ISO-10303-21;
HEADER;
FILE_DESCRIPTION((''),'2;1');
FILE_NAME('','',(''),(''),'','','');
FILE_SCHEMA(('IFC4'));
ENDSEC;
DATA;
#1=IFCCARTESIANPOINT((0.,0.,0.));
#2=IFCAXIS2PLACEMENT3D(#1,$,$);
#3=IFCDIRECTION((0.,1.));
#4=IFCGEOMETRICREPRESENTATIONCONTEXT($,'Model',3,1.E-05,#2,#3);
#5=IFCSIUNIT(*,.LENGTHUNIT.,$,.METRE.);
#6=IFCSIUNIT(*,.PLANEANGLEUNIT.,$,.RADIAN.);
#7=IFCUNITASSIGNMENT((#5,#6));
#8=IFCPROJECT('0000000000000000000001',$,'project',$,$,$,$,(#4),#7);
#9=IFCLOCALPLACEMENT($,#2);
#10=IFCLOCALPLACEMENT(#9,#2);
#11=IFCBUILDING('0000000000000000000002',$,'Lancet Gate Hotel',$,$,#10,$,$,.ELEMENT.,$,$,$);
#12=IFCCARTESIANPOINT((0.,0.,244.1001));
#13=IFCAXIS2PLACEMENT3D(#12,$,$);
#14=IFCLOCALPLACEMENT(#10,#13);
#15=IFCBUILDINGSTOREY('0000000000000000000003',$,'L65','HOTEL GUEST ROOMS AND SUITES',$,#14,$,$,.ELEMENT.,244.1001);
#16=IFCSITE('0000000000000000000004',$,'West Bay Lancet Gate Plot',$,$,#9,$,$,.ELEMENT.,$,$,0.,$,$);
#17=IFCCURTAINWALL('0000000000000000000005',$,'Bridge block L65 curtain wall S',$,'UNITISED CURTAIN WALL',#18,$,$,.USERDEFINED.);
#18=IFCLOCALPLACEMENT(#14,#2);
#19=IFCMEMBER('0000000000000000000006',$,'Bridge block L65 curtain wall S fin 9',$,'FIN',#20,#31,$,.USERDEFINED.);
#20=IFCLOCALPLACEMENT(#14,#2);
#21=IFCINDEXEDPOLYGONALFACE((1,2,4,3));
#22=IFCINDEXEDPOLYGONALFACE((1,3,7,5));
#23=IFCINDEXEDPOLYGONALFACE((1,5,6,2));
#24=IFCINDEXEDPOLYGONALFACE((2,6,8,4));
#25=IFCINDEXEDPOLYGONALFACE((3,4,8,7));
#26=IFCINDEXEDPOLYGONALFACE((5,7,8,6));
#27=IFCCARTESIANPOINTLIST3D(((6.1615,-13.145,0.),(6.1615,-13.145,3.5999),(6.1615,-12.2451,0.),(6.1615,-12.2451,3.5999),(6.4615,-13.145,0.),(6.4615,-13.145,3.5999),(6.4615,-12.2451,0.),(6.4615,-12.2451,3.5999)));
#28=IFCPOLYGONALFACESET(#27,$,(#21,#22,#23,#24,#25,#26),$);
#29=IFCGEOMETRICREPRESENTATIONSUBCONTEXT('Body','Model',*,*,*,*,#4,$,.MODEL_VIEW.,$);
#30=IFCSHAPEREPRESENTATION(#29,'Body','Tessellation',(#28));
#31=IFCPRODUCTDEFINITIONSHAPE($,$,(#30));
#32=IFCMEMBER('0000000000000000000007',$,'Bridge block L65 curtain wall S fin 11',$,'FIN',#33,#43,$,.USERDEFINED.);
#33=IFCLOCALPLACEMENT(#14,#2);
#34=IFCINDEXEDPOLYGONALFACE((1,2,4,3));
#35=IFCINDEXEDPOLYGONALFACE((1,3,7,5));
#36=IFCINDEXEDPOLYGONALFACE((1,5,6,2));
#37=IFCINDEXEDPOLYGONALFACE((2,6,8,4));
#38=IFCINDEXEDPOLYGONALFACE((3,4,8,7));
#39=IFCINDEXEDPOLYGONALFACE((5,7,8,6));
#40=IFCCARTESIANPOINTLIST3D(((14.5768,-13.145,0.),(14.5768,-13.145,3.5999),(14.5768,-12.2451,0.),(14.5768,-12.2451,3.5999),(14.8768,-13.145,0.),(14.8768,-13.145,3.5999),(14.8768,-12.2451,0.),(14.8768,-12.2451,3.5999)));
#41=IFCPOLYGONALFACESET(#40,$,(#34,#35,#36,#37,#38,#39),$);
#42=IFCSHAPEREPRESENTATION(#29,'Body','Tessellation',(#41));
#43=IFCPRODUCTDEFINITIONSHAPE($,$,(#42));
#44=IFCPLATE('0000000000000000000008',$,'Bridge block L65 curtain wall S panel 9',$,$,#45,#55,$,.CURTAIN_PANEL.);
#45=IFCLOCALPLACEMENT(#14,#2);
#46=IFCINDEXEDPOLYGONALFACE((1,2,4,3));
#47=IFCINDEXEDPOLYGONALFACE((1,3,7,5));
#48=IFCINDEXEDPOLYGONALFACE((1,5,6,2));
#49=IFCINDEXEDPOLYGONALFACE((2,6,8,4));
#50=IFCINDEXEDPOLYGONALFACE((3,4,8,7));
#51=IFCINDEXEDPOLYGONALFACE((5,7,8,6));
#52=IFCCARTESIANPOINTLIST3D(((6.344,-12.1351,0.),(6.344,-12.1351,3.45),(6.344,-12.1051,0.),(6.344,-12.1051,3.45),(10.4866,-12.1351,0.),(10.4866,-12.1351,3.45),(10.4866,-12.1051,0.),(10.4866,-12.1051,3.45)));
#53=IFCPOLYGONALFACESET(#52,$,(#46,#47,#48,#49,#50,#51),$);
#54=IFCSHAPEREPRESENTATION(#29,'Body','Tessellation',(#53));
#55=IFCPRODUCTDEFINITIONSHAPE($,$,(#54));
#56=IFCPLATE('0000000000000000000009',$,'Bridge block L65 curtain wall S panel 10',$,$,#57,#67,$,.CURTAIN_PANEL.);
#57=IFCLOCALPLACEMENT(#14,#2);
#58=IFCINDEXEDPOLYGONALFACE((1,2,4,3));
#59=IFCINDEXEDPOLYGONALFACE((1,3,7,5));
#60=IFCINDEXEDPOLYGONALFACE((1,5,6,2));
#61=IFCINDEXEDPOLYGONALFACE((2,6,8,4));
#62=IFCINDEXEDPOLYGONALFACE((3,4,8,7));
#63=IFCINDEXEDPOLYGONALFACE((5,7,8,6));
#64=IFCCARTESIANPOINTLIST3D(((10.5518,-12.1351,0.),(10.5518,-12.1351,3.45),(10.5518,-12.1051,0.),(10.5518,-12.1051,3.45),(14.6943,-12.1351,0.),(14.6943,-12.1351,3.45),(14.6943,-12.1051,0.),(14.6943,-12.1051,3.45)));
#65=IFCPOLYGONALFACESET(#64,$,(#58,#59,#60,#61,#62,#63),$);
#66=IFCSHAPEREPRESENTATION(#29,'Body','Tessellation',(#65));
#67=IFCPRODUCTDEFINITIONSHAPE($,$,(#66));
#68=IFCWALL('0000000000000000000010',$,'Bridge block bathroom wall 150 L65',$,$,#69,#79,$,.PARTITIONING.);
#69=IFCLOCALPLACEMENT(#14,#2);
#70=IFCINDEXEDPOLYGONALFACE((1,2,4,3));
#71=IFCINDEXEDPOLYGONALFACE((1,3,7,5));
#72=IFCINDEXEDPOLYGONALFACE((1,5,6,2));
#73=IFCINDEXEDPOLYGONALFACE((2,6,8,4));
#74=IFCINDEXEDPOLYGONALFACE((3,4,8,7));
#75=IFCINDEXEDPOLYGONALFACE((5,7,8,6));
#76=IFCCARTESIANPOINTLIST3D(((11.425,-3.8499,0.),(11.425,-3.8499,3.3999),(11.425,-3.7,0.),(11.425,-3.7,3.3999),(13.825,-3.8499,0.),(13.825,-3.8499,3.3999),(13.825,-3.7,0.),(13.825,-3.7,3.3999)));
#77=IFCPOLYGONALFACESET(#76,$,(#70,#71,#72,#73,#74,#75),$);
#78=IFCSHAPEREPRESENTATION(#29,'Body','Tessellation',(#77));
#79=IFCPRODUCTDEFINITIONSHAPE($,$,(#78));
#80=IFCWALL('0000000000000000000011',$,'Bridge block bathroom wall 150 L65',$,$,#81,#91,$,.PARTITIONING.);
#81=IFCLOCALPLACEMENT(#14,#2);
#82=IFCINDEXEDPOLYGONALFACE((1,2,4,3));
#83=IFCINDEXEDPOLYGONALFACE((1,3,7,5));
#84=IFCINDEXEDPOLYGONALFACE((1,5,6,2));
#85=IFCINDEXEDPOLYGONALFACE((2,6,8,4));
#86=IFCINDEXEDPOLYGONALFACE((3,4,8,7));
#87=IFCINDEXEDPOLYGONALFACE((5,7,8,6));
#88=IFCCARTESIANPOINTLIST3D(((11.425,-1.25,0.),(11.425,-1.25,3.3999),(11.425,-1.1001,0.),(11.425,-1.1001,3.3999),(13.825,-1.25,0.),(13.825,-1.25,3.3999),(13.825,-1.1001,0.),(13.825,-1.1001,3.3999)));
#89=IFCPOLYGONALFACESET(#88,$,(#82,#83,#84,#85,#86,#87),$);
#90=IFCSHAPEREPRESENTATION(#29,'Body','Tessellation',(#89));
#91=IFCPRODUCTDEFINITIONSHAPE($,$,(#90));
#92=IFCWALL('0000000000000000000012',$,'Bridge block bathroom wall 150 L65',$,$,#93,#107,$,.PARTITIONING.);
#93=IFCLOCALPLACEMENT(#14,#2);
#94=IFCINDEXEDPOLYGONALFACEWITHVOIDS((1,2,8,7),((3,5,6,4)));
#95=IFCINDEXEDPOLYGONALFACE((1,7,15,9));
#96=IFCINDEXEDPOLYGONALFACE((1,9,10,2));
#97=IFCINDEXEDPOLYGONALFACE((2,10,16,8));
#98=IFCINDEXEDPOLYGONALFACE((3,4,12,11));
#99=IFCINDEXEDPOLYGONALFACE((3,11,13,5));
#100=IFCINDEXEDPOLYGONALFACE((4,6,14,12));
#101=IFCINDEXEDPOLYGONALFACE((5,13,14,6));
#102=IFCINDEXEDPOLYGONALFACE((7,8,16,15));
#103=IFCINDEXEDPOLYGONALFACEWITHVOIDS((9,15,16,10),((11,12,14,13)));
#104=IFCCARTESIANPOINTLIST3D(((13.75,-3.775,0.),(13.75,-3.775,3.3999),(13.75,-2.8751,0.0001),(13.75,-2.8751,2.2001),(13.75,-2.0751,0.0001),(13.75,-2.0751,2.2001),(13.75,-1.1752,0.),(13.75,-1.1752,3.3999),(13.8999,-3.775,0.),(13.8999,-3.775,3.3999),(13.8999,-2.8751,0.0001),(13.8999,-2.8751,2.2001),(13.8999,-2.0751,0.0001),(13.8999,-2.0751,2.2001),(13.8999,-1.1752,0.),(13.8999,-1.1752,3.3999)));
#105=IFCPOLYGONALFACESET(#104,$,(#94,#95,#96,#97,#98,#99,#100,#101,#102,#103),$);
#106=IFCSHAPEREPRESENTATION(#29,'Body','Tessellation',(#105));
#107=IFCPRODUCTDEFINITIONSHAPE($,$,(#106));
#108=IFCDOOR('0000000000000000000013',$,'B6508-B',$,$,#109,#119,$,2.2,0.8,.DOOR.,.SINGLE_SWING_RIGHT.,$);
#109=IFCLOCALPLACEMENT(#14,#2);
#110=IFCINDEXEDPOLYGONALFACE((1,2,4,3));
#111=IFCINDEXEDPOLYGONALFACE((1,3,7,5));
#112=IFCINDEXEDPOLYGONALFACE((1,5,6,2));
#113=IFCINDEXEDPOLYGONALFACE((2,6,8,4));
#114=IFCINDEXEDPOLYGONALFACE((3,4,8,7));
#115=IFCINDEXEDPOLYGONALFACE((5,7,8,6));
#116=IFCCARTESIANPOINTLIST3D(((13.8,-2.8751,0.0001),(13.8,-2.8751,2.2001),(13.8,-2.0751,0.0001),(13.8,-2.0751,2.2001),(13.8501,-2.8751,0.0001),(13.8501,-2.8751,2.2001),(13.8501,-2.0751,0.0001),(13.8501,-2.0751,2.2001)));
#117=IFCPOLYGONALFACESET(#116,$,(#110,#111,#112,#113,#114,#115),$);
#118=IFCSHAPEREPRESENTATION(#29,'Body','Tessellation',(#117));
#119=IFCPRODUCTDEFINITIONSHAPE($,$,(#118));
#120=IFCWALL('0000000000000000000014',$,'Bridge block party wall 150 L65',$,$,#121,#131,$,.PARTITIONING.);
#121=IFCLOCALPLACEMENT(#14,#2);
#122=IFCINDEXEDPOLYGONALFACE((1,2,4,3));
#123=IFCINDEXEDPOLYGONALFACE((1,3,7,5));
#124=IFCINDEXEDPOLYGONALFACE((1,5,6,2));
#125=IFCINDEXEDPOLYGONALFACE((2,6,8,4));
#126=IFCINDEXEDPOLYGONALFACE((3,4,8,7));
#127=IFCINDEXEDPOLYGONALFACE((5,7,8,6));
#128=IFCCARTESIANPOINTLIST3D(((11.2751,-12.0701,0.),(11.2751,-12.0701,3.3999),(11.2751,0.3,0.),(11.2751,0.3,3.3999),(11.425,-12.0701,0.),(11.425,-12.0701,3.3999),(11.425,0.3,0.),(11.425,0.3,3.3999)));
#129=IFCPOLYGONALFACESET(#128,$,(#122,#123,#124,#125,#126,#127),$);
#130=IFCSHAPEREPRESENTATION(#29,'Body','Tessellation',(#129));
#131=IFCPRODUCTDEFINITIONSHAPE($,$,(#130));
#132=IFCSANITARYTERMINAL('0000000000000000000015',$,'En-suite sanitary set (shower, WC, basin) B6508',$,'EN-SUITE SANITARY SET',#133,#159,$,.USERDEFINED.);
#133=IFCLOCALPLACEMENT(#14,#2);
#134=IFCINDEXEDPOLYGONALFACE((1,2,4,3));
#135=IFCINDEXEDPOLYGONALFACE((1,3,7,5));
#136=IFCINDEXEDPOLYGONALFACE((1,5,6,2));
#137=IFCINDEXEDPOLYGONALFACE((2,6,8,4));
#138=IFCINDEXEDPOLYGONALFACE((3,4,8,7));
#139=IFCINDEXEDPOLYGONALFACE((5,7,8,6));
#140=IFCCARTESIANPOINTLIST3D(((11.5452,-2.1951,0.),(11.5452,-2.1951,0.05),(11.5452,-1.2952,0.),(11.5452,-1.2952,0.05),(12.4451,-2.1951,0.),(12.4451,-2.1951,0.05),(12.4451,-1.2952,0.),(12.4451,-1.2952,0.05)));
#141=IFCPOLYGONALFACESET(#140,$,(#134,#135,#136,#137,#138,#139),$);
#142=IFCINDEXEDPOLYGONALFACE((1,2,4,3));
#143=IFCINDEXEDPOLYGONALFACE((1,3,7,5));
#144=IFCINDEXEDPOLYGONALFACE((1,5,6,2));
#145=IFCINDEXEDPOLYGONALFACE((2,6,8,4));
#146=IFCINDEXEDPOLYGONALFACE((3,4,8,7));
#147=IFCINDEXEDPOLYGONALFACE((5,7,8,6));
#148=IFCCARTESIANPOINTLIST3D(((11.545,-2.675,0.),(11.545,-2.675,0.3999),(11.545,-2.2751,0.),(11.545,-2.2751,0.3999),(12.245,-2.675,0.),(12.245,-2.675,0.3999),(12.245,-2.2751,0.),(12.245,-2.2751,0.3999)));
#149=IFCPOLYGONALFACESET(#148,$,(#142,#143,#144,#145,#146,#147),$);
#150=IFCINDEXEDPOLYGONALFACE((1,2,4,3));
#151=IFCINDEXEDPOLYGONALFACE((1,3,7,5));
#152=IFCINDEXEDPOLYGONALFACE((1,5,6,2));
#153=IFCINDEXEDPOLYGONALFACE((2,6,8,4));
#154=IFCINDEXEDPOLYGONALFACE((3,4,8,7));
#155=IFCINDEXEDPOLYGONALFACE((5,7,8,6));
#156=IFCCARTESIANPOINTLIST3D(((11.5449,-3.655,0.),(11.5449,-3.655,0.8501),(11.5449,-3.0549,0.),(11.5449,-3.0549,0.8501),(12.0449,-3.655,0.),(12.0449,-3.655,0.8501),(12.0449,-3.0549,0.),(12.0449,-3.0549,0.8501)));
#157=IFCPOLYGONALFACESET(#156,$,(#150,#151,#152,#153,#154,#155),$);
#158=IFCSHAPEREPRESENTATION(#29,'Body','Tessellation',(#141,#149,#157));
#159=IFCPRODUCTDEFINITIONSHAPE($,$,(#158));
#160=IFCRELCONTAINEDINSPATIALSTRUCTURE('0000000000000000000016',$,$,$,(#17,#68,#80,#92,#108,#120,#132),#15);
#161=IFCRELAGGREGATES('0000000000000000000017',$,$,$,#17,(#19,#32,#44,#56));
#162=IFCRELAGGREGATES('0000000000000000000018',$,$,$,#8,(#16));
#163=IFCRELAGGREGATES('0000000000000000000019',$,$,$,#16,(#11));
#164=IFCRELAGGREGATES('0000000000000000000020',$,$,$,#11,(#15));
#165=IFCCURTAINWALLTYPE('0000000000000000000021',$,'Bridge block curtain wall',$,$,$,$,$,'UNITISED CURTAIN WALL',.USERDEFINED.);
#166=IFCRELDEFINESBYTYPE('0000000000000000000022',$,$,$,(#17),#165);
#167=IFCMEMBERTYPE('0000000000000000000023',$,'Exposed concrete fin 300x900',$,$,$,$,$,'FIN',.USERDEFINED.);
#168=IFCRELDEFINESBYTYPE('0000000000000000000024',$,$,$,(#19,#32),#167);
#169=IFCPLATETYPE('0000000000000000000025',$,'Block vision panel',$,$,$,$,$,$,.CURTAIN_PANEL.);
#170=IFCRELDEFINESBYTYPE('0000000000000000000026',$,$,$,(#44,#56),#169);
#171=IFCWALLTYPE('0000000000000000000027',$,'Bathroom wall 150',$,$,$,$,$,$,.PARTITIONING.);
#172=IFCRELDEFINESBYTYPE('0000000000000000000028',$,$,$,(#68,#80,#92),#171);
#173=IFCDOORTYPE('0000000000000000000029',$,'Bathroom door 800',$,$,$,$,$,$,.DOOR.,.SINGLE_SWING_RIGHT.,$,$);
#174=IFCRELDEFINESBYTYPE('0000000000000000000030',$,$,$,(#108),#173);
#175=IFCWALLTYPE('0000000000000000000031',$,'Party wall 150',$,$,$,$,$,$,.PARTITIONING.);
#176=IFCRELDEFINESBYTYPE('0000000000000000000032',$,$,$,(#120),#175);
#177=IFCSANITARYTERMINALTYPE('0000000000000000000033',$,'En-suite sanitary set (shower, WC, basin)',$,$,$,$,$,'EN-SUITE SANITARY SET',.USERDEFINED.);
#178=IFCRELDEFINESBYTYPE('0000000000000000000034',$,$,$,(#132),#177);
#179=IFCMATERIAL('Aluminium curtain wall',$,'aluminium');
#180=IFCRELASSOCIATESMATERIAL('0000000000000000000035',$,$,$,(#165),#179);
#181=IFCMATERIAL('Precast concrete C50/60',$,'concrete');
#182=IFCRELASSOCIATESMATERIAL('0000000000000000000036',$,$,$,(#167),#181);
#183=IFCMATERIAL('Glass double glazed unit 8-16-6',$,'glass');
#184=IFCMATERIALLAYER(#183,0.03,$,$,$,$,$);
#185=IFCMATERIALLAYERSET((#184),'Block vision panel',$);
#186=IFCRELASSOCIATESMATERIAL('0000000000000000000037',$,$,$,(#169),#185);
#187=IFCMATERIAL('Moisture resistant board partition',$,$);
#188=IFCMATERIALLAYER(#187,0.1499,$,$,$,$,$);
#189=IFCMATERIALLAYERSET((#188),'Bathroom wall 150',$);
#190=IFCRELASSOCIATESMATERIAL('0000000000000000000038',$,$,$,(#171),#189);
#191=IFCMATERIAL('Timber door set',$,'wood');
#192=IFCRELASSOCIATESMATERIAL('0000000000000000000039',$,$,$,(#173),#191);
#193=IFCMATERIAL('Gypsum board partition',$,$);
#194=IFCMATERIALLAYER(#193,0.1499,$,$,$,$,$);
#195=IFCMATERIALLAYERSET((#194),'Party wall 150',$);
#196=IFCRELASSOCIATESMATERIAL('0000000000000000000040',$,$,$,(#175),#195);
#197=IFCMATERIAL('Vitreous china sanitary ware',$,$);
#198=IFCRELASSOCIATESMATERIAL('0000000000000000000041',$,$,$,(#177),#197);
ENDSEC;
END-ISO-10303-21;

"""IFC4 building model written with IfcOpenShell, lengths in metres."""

from ifc_helpers import new_model, si_unit, direction, frame, frame_2d, origin, origin_2d, place, context, subcontext, project, spatial, rectangle, extrude, material, layer, layer_set, material_profile, profile_set, type_object, element, fill, aggregate, save


model = new_model("IFC4")

# Units and contexts
model_context = context("Model", 3, precision=1e-05, world=origin(), true_north=direction((0.0, 1.0)))
body_context = subcontext(model_context, "Body", "Model", "MODEL_VIEW")
ifc_project = project(units=[si_unit("LENGTHUNIT", "METRE"), si_unit("PLANEANGLEUNIT", "RADIAN")], contexts=[model_context])

# Site, building, storey
site_placement = place(None, origin())
site = spatial("IfcSite", under=ifc_project, at=site_placement, Name="West Bay Lancet Gate Plot", CompositionType="ELEMENT", RefElevation=0.0)
building_placement = place(site_placement, origin())
building = spatial("IfcBuilding", under=site, at=building_placement, Name="Lancet Gate Hotel", CompositionType="ELEMENT")
storey_placement = place(building_placement, frame((0.0, 0.0, 244.1001)))
storey = spatial("IfcBuildingStorey", under=building, at=storey_placement, Name="L65", Description="HOTEL GUEST ROOMS AND SUITES", CompositionType="ELEMENT", Elevation=244.1001)

# Curtain wall
ifc_material_1 = material(Name="Aluminium curtain wall", Category="aluminium")
curtain_wall_type = type_object("IfcCurtainWallType", Name="Bridge block curtain wall", ElementType="UNITISED CURTAIN WALL", PredefinedType="USERDEFINED", material=ifc_material_1)
curtain_wall_placement = place(storey_placement, origin())
curtain_wall = element("IfcCurtainWall", 1, at=curtain_wall_placement, inside=storey, type_object=curtain_wall_type, Name="Bridge block L65 curtain wall S", ObjectType="UNITISED CURTAIN WALL", PredefinedType="USERDEFINED")

# Members
ifc_material_2 = material(Name="Precast concrete C50/60", Category="concrete")
ifc_material_profile_1 = material_profile(ifc_material_2, rectangle(XDim=0.3, YDim=0.8999, at=origin_2d()), Name="FIN 300x900")
ifc_profile_set_1 = profile_set([ifc_material_profile_1], Name="Precast concrete C50/60")
member_type_1 = type_object("IfcMemberType", Name="Exposed concrete fin 300x900", ElementType="FIN", PredefinedType="USERDEFINED", material=ifc_profile_set_1)
member_1_placement = place(storey_placement, frame((6.3115, -12.6951, 0.0), z_axis=(0.0, 0.0, 1.0), x_axis=(1.0, 0.0, 0.0)))
member_1 = element("IfcMember", 2, at=member_1_placement, type_object=member_type_1, Name="Bridge block L65 curtain wall S fin 9", ObjectType="FIN", PredefinedType="USERDEFINED", context=body_context, shape_type="SweptSolid", body=[
    extrude(rectangle(XDim=0.3, YDim=0.8999, at=origin_2d()), origin(), (0.0, 0.0, 1.0), 3.5999),
])
member_2_placement = place(storey_placement, frame((14.7268, -12.6951, 0.0), z_axis=(0.0, 0.0, 1.0), x_axis=(1.0, 0.0, 0.0)))
member_2 = element("IfcMember", 3, at=member_2_placement, type_object=member_type_1, Name="Bridge block L65 curtain wall S fin 11", ObjectType="FIN", PredefinedType="USERDEFINED", context=body_context, shape_type="SweptSolid", body=[
    extrude(rectangle(XDim=0.3, YDim=0.8999, at=origin_2d()), origin(), (0.0, 0.0, 1.0), 3.5999),
])

# Plates
ifc_material_3 = material(Name="Glass double glazed unit 8-16-6", Category="glass")
ifc_layer_1 = layer(ifc_material_3, 0.03)
ifc_layer_set_1 = layer_set([ifc_layer_1], Name="Block vision panel")
plate_type = type_object("IfcPlateType", Name="Block vision panel", PredefinedType="CURTAIN_PANEL", material=ifc_layer_set_1)
plate_1_placement = place(storey_placement, frame((8.4153, -12.1201, 0.0), z_axis=(0.0, 0.0, 1.0), x_axis=(1.0, 0.0, 0.0)))
plate_1 = element("IfcPlate", 4, at=plate_1_placement, type_object=plate_type, Name="Bridge block L65 curtain wall S panel 9", PredefinedType="CURTAIN_PANEL", context=body_context, shape_type="SweptSolid", body=[
    extrude(rectangle(XDim=4.1426, YDim=0.03, at=origin_2d()), origin(), (0.0, 0.0, 1.0), 3.45),
])
plate_2_placement = place(storey_placement, frame((12.623, -12.1201, 0.0), z_axis=(0.0, 0.0, 1.0), x_axis=(1.0, 0.0, 0.0)))
plate_2 = element("IfcPlate", 5, at=plate_2_placement, type_object=plate_type, Name="Bridge block L65 curtain wall S panel 10", PredefinedType="CURTAIN_PANEL", context=body_context, shape_type="SweptSolid", body=[
    extrude(rectangle(XDim=4.1426, YDim=0.03, at=origin_2d()), origin(), (0.0, 0.0, 1.0), 3.45),
])
aggregate(curtain_wall, [member_1, member_2, plate_1, plate_2])

# Walls
ifc_material_4 = material(Name="Moisture resistant board partition")
ifc_layer_2 = layer(ifc_material_4, 0.1499)
ifc_layer_set_2 = layer_set([ifc_layer_2], Name="Bathroom wall 150")
wall_type_1 = type_object("IfcWallType", Name="Bathroom wall 150", PredefinedType="PARTITIONING", material=ifc_layer_set_2)
for number, where, z_axis, x_axis, name in (
    (6, (11.425, -3.7749, 0.0), (0.0, 0.0, 1.0), (1.0, 0.0, 0.0), "Bridge block bathroom wall 150 L65"),
    (7, (11.425, -1.175, 0.0), (0.0, 0.0, 1.0), (1.0, 0.0, 0.0), "Bridge block bathroom wall 150 L65"),
):
    element("IfcWall", number, at=place(storey_placement, frame(where, z_axis=z_axis, x_axis=x_axis)), inside=storey, type_object=wall_type_1, Name=name, PredefinedType="PARTITIONING", context=body_context, shape_type="SweptSolid", body=[
        extrude(rectangle(XDim=2.3999, YDim=0.1499, at=frame_2d((1.2, 0.0))), origin(), (0.0, 0.0, 1.0), 3.3999),
    ])

# Wall, opening, door
wall_1_placement = place(storey_placement, frame((13.825, -3.7749, 0.0), z_axis=(0.0, 0.0, 1.0), x_axis=(0.0, 1.0, 0.0)))
wall_1 = element("IfcWall", 8, at=wall_1_placement, inside=storey, type_object=wall_type_1, Name="Bridge block bathroom wall 150 L65", PredefinedType="PARTITIONING", context=body_context, shape_type="SweptSolid", body=[
    extrude(rectangle(XDim=2.5999, YDim=0.1499, at=frame_2d((1.2998, 0.0))), origin(), (0.0, 0.0, 1.0), 3.3999),
])
opening_placement = place(wall_1_placement, frame((0.8999, 0.0, 0.0)))
opening = element("IfcOpeningElement", 9, at=opening_placement, cuts=wall_1, PredefinedType="OPENING", context=body_context, shape_type="SweptSolid", body=[
    extrude(rectangle(XDim=0.8, YDim=2.2, at=frame_2d((0.3999, 1.1001))), frame((0.0, 0.085, 0.0), z_axis=(0.0, -1.0, 0.0), x_axis=(1.0, 0.0, 0.0)), (0.0, 0.0, 1.0), 0.1699),
])
ifc_material_5 = material(Name="Timber door set", Category="wood")
door_type = type_object("IfcDoorType", Name="Bathroom door 800", OperationType="SINGLE_SWING_RIGHT", PredefinedType="DOOR", material=ifc_material_5)
door_placement = place(opening_placement, origin())
door = element("IfcDoor", 10, at=door_placement, inside=storey, type_object=door_type, Name="B6508-B", OperationType="SINGLE_SWING_RIGHT", OverallHeight=2.2, OverallWidth=0.8, PredefinedType="DOOR", context=body_context, shape_type="SweptSolid", body=[
    extrude(rectangle(XDim=0.8, YDim=2.2, at=frame_2d((0.3999, 1.1001))), frame((0.0, 0.0249, 0.0), z_axis=(0.0, -1.0, 0.0), x_axis=(1.0, 0.0, 0.0)), (0.0, 0.0, 1.0), 0.05),
])
fill(opening, door)

# Wall
ifc_material_6 = material(Name="Gypsum board partition")
ifc_layer_3 = layer(ifc_material_6, 0.1499)
ifc_layer_set_3 = layer_set([ifc_layer_3], Name="Party wall 150")
wall_type_2 = type_object("IfcWallType", Name="Party wall 150", PredefinedType="PARTITIONING", material=ifc_layer_set_3)
wall_2_placement = place(storey_placement, frame((11.3501, -12.0701, 0.0), z_axis=(0.0, 0.0, 1.0), x_axis=(0.0, 1.0, 0.0)))
element("IfcWall", 11, at=wall_2_placement, inside=storey, type_object=wall_type_2, Name="Bridge block party wall 150 L65", PredefinedType="PARTITIONING", context=body_context, shape_type="SweptSolid", body=[
    extrude(rectangle(XDim=12.3701, YDim=0.1499, at=frame_2d((6.1851, 0.0))), origin(), (0.0, 0.0, 1.0), 3.3999),
])

# Sanitary terminal
ifc_material_7 = material(Name="Vitreous china sanitary ware")
sanitary_terminal_type = type_object("IfcSanitaryTerminalType", Name="En-suite sanitary set (shower, WC, basin)", ElementType="EN-SUITE SANITARY SET", PredefinedType="USERDEFINED", material=ifc_material_7)
sanitary_terminal_placement = place(storey_placement, frame((11.9951, -1.7451, 0.0), z_axis=(0.0, 0.0, 1.0), x_axis=(1.0, 0.0, 0.0)))
element("IfcSanitaryTerminal", 12, at=sanitary_terminal_placement, inside=storey, type_object=sanitary_terminal_type, Name="En-suite sanitary set (shower, WC, basin) B6508", ObjectType="EN-SUITE SANITARY SET", PredefinedType="USERDEFINED", context=body_context, shape_type="SweptSolid", body=[
    extrude(rectangle(XDim=0.8999, YDim=0.8999, at=origin_2d()), frame((0.0, 0.0, 0.0), z_axis=(0.0, 0.0, 1.0), x_axis=(0.0, 1.0, 0.0)), (0.0, 0.0, 1.0), 0.05),
    extrude(rectangle(XDim=0.3999, YDim=0.7, at=origin_2d()), frame((-0.1001, -0.73, 0.0), z_axis=(0.0, 0.0, 1.0), x_axis=(0.0, 1.0, 0.0)), (0.0, 0.0, 1.0), 0.3999),
    extrude(rectangle(XDim=0.6001, YDim=0.5, at=origin_2d()), frame((-0.2002, -1.6099, 0.0), z_axis=(0.0, 0.0, 1.0), x_axis=(0.0, 1.0, 0.0)), (0.0, 0.0, 1.0), 0.8501),
])

save(model, "model.ifc")
